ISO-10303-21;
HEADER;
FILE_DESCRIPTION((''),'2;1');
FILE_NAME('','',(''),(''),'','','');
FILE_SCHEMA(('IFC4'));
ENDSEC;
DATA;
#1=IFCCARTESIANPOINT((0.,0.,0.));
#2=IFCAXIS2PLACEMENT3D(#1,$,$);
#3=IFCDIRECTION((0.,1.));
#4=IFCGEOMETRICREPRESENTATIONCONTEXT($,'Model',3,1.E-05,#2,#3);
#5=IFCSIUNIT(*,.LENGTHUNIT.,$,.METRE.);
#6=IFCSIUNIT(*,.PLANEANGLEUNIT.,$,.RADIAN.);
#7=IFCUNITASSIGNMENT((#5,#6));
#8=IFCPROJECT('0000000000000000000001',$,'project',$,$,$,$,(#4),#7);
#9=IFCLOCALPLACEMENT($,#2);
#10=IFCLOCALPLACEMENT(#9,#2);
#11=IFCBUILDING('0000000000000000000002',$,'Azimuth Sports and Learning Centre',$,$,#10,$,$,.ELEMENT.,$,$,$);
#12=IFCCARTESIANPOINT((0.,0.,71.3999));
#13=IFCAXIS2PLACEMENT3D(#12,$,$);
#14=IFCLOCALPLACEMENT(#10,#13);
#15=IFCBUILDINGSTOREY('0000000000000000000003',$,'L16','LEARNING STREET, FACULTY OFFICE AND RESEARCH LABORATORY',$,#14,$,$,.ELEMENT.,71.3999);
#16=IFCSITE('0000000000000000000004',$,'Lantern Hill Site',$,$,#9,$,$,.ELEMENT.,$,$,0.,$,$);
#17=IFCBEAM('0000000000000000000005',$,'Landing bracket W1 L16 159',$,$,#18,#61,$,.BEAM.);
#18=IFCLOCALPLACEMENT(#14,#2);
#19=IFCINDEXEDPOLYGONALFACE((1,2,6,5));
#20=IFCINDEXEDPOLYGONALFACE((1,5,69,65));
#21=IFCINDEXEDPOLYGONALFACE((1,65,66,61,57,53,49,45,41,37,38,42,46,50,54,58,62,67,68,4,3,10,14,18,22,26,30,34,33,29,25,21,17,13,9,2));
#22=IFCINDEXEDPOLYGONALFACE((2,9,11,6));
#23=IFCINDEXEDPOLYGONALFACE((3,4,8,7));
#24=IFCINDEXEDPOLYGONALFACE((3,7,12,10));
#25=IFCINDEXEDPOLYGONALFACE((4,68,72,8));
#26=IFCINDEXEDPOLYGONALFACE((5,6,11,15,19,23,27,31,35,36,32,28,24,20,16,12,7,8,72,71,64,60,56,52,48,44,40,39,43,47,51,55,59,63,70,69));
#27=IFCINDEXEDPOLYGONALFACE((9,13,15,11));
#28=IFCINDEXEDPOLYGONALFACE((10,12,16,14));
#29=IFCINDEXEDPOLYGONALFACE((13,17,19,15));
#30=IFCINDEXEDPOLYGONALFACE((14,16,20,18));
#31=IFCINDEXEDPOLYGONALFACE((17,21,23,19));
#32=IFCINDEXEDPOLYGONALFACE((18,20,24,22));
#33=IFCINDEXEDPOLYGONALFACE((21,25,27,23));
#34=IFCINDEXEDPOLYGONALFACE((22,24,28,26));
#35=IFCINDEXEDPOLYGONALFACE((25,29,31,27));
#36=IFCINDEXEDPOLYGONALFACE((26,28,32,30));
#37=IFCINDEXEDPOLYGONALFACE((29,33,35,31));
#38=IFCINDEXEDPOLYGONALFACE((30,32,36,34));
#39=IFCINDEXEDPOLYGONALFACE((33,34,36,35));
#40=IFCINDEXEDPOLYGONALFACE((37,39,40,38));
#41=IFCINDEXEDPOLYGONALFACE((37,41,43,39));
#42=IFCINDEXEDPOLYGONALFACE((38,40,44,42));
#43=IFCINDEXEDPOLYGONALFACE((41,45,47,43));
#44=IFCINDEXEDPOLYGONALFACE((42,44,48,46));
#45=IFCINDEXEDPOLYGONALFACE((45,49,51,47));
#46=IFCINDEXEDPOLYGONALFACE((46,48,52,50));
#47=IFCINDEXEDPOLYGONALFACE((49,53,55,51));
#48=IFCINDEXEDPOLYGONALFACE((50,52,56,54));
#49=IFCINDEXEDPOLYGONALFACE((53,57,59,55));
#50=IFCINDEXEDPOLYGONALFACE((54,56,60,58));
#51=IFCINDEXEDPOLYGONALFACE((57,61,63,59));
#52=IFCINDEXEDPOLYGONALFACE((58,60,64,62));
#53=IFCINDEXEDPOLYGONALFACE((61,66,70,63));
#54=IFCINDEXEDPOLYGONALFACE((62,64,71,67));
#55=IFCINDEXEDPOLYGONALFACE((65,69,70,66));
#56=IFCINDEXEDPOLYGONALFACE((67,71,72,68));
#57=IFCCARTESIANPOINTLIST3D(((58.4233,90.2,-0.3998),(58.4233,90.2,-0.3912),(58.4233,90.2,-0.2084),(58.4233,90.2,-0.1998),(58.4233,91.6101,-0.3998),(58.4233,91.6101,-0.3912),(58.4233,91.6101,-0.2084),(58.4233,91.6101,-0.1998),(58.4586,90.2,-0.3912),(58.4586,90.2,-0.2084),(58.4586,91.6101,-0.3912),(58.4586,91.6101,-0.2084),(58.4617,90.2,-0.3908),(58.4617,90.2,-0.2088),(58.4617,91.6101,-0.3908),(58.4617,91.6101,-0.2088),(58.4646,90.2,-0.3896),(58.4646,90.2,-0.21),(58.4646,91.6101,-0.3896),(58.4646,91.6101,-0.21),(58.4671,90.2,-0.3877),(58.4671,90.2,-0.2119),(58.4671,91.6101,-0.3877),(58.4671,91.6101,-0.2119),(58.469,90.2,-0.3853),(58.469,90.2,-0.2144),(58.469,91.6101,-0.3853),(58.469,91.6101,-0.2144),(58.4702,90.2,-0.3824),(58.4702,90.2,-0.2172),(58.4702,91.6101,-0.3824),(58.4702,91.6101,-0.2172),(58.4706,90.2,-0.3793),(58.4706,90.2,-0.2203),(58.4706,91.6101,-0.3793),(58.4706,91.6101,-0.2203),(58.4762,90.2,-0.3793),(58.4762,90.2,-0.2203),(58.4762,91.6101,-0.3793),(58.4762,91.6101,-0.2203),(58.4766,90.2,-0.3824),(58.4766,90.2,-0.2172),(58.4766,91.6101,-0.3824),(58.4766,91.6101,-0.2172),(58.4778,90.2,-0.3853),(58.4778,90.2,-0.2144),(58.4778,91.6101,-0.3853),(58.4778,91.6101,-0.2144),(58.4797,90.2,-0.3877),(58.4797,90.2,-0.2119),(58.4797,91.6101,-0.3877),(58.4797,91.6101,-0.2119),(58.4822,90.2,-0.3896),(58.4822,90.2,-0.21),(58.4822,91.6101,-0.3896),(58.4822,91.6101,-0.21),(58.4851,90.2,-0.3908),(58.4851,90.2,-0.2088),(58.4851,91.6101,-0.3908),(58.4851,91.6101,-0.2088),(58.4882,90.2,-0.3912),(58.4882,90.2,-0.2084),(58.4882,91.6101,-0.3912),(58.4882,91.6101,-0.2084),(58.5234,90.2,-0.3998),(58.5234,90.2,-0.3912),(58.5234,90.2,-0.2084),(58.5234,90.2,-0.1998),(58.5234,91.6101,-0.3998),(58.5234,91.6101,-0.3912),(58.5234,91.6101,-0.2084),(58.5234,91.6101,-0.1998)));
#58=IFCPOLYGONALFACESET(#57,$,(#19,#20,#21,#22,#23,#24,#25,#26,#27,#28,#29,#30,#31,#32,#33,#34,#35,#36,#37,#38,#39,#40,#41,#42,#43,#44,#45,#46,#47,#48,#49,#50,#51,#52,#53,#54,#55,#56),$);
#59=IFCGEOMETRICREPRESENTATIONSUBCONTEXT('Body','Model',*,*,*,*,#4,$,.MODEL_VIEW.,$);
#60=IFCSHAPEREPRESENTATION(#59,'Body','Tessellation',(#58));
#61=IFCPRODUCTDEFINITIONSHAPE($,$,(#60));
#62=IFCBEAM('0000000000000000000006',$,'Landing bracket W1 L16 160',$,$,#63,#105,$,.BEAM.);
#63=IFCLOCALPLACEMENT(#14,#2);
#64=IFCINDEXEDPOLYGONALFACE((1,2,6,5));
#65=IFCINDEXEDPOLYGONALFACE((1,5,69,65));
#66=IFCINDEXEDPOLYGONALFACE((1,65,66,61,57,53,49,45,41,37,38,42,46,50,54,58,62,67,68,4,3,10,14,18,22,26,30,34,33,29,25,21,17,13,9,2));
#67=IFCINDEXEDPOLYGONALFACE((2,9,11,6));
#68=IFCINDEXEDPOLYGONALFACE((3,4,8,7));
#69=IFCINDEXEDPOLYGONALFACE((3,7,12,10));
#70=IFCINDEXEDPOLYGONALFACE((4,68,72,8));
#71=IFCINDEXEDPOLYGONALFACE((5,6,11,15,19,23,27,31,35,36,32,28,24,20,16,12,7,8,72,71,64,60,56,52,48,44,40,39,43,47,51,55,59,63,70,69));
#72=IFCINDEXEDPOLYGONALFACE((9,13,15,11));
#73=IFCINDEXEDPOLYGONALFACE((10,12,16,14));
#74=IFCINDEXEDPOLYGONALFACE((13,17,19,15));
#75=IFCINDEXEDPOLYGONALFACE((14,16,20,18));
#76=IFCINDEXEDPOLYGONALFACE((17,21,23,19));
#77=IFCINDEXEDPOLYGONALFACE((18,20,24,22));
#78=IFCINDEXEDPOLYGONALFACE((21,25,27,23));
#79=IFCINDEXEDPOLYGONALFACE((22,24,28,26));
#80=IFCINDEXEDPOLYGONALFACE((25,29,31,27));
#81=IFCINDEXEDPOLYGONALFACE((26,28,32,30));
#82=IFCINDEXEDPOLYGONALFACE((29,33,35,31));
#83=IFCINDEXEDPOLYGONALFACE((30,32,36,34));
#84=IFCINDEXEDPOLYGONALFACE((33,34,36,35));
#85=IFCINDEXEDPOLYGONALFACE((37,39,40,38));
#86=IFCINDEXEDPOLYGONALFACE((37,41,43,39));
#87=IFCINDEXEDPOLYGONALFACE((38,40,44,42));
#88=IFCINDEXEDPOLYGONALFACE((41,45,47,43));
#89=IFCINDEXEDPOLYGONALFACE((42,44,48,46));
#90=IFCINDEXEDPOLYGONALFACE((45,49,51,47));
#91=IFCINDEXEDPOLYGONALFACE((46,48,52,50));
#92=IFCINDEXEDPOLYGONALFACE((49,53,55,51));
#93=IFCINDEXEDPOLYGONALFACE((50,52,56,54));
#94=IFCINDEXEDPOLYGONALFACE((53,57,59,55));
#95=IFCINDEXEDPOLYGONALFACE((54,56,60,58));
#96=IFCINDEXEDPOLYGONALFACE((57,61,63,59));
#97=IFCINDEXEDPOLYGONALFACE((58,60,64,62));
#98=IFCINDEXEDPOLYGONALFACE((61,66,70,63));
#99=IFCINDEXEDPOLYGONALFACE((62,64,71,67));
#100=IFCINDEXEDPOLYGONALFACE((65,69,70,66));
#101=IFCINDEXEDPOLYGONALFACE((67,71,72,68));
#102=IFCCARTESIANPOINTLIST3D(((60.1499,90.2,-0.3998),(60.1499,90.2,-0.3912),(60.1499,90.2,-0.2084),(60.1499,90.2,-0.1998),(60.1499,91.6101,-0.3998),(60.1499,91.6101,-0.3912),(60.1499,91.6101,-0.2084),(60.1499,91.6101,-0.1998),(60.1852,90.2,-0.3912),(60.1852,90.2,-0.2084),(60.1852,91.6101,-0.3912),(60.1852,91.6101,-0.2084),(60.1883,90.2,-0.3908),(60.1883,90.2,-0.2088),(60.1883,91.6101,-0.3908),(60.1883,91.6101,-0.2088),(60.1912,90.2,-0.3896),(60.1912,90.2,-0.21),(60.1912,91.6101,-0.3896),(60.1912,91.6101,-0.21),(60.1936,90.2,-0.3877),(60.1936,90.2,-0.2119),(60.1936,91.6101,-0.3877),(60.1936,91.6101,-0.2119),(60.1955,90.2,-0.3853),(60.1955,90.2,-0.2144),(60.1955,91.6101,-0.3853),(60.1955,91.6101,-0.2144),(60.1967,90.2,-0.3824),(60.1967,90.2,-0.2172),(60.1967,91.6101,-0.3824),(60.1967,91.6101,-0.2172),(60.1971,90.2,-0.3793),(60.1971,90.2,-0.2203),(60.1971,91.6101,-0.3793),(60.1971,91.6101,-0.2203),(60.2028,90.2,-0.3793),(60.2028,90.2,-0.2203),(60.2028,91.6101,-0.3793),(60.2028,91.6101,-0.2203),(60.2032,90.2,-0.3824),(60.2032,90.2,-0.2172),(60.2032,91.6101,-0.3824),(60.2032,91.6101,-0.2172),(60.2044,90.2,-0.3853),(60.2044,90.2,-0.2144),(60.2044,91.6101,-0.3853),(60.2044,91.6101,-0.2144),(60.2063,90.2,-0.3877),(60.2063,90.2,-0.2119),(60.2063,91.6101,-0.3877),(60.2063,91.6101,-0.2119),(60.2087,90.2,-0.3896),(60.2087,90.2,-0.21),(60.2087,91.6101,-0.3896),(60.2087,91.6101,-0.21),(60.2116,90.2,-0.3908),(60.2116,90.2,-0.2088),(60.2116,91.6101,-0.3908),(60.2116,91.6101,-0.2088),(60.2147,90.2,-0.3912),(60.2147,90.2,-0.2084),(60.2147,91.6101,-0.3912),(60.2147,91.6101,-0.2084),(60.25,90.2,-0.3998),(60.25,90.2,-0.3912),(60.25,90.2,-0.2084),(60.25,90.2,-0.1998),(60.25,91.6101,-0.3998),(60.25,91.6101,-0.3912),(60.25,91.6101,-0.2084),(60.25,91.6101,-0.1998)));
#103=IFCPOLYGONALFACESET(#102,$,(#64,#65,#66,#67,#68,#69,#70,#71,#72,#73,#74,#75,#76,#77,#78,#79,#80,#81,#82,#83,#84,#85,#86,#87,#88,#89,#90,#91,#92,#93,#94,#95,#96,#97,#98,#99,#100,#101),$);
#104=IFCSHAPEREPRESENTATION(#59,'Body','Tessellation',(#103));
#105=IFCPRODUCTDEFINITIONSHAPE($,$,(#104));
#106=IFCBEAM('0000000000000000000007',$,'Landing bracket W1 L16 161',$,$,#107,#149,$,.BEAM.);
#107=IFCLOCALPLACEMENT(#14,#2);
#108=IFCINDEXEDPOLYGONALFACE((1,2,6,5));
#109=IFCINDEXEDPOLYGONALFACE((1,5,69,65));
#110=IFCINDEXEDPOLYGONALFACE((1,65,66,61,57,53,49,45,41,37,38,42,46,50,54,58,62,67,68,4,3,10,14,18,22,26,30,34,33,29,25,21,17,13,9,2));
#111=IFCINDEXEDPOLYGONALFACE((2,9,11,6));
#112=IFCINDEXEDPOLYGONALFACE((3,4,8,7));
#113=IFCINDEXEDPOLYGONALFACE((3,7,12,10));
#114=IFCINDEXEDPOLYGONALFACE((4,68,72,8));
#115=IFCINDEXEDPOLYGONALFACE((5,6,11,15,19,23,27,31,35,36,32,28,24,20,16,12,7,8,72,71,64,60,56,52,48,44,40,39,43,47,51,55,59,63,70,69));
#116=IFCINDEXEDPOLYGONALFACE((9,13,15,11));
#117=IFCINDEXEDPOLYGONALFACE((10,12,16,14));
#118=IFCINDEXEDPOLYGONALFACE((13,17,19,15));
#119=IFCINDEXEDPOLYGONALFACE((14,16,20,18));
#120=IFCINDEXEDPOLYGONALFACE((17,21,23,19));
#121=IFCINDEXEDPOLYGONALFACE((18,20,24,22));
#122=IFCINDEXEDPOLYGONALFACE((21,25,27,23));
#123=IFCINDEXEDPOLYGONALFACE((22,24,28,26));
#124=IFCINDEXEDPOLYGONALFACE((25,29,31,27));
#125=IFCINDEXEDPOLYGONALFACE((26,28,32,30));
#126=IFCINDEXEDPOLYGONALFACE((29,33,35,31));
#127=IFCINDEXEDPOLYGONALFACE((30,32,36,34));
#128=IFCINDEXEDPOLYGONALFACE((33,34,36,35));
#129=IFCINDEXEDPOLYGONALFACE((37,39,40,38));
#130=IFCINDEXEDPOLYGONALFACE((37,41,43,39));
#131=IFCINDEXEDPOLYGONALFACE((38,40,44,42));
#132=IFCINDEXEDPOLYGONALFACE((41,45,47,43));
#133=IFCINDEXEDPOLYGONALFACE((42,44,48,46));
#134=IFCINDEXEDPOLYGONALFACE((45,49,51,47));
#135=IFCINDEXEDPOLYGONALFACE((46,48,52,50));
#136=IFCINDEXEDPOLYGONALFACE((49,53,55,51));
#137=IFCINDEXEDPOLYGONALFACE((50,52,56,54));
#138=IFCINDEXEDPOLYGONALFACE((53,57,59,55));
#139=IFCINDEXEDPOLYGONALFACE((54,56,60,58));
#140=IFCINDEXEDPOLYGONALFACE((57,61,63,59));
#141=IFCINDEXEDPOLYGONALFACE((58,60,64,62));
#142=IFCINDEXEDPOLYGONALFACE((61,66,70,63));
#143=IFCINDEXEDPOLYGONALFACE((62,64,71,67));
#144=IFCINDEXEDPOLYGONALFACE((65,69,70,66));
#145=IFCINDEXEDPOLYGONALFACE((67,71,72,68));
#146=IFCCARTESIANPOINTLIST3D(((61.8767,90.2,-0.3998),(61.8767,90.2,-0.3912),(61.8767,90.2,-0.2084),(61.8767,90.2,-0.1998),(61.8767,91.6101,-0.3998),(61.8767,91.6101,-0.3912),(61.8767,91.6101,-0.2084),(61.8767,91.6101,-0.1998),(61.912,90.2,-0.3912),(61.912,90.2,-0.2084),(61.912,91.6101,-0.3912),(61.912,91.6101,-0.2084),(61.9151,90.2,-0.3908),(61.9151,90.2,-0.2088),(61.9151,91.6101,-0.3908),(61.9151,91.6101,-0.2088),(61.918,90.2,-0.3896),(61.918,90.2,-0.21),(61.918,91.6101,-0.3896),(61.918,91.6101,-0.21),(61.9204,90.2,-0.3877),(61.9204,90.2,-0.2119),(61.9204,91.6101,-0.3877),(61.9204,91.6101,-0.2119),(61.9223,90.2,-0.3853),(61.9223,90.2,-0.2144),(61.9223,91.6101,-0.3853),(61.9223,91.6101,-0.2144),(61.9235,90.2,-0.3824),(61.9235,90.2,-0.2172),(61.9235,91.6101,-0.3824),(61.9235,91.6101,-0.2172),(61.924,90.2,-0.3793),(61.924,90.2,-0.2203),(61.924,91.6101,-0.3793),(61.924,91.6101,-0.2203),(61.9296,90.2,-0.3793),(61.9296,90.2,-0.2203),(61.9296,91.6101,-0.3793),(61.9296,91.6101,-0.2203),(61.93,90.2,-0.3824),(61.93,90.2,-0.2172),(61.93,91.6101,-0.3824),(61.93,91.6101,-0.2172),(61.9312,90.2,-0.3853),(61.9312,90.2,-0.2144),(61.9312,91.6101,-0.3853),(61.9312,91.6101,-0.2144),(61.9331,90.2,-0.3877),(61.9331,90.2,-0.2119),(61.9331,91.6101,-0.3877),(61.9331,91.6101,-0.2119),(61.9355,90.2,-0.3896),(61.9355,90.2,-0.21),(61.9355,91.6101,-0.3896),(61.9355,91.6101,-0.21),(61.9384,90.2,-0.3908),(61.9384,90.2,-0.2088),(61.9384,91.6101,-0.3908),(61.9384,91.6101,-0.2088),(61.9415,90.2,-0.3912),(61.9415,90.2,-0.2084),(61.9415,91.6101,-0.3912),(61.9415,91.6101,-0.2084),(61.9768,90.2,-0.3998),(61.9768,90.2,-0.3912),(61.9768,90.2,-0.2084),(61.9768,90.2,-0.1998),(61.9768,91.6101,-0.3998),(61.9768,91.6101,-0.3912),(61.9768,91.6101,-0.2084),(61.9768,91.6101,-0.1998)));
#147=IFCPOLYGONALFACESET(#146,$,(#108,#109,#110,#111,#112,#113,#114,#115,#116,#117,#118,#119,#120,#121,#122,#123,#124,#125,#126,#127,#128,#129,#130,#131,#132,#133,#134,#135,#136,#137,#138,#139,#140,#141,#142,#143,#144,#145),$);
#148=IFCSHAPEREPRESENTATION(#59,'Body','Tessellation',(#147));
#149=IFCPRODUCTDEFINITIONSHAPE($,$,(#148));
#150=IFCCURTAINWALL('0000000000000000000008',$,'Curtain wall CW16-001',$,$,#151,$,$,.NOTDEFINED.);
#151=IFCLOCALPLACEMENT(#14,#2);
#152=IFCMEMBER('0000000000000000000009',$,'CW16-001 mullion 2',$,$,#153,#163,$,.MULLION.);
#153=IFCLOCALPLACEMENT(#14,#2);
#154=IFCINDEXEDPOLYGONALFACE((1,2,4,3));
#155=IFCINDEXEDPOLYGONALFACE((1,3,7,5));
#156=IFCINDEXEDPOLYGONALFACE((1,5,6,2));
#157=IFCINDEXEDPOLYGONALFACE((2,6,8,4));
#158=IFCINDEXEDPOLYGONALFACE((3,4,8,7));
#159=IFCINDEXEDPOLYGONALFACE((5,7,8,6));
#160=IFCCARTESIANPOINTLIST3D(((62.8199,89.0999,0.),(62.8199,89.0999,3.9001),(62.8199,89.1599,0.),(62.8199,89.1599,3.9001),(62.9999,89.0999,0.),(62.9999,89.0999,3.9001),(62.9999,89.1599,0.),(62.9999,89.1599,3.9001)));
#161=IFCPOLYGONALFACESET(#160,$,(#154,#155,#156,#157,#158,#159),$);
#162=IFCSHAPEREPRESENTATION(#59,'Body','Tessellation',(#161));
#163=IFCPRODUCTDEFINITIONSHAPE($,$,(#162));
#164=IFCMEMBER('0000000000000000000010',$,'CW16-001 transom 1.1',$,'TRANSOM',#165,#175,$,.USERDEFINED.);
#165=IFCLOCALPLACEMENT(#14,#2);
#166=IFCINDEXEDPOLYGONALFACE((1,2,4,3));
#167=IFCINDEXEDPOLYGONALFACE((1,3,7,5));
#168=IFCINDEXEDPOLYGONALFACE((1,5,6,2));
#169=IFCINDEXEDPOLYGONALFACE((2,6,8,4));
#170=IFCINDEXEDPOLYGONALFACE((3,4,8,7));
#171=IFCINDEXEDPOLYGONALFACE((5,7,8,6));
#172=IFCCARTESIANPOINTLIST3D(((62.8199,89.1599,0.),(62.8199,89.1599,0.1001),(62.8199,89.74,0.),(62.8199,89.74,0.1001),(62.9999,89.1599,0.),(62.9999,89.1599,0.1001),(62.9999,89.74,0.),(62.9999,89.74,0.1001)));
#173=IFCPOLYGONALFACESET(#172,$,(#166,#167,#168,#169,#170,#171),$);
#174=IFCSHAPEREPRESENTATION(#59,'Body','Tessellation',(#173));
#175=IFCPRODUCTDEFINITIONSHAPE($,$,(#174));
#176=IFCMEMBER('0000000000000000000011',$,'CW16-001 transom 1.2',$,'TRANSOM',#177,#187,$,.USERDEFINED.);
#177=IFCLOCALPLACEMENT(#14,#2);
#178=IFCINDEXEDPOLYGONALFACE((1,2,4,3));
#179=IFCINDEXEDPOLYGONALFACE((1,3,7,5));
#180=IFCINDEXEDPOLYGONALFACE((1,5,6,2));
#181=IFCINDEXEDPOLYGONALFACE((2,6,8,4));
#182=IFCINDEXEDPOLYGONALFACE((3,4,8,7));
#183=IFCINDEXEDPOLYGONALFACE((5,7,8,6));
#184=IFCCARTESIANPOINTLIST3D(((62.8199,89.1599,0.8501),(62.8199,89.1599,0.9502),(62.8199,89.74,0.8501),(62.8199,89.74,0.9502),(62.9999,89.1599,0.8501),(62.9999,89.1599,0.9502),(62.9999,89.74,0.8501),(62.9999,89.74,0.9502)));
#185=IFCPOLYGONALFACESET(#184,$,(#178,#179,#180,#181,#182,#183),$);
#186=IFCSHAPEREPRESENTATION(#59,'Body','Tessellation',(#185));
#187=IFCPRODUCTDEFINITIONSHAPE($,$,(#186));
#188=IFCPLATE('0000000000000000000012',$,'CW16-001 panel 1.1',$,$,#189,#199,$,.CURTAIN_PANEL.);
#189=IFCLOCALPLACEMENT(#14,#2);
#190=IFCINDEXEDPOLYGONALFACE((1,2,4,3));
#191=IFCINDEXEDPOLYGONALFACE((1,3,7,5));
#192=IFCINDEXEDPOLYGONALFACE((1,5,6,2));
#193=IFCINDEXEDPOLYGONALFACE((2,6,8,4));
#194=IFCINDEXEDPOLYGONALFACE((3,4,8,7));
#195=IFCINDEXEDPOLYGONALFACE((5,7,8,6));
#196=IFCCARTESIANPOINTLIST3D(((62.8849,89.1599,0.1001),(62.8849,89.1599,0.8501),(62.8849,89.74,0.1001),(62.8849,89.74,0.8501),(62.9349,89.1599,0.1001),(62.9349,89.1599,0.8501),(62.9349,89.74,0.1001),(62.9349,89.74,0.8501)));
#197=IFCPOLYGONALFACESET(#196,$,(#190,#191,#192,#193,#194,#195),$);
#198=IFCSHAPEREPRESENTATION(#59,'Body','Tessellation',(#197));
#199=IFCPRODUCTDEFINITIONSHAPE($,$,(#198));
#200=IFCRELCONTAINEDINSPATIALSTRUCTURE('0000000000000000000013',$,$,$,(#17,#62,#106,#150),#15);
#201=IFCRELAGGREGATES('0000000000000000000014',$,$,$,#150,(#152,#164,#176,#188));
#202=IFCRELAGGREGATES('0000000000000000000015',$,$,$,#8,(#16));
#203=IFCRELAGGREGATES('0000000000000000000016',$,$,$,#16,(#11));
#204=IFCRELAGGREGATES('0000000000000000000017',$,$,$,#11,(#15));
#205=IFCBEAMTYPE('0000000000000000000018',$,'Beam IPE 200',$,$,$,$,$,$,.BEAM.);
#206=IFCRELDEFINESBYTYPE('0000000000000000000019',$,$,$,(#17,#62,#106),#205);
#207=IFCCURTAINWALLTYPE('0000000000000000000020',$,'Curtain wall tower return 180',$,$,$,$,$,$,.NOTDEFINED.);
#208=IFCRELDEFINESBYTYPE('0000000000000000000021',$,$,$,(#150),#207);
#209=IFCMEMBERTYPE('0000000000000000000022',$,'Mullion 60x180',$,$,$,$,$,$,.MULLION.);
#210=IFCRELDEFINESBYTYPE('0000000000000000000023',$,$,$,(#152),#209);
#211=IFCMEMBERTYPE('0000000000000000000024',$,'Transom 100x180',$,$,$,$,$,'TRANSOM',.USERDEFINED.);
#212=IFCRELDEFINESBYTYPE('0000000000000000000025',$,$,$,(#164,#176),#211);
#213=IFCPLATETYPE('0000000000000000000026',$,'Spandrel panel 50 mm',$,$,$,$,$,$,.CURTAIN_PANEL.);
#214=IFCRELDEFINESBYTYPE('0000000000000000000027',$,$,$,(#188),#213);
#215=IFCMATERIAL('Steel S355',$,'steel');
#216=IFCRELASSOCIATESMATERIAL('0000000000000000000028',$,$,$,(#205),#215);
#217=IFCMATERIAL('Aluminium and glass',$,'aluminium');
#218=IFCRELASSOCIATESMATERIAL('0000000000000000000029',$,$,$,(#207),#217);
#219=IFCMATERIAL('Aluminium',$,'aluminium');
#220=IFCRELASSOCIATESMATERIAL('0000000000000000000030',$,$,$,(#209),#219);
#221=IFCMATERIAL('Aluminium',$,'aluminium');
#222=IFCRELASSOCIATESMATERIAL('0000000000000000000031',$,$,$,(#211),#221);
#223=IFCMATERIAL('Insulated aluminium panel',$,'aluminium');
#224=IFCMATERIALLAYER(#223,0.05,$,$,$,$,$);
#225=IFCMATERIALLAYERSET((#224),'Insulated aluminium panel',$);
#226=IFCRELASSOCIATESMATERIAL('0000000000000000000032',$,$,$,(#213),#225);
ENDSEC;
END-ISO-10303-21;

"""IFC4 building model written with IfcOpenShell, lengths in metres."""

from ifc_helpers import new_model, si_unit, direction, frame, origin, origin_2d, place, context, subcontext, project, spatial, rectangle, i_section, extrude, material, layer, layer_set, material_profile, profile_set, type_object, element, aggregate, save


model = new_model("IFC4")

# Units and contexts
model_context = context("Model", 3, precision=1e-05, world=origin(), true_north=direction((0.0, 1.0)))
body_context = subcontext(model_context, "Body", "Model", "MODEL_VIEW")
ifc_project = project(units=[si_unit("LENGTHUNIT", "METRE"), si_unit("PLANEANGLEUNIT", "RADIAN")], contexts=[model_context])

# Site, building, storey
site_placement = place(None, origin())
site = spatial("IfcSite", under=ifc_project, at=site_placement, Name="Lantern Hill Site", CompositionType="ELEMENT", RefElevation=0.0)
building_placement = place(site_placement, origin())
building = spatial("IfcBuilding", under=site, at=building_placement, Name="Azimuth Sports and Learning Centre", CompositionType="ELEMENT")
storey_placement = place(building_placement, frame((0.0, 0.0, 71.3999)))
storey = spatial("IfcBuildingStorey", under=building, at=storey_placement, Name="L16", Description="LEARNING STREET, FACULTY OFFICE AND RESEARCH LABORATORY", CompositionType="ELEMENT", Elevation=71.3999)

# Beams
ifc_material_1 = material(Name="Steel S355", Category="steel")
ifc_material_profile_1 = material_profile(ifc_material_1, i_section(OverallWidth=0.1001, OverallDepth=0.2, WebThickness=0.0056, FlangeThickness=0.0085, FilletRadius=0.012, at=origin_2d()), Name="IPE 200")
ifc_profile_set_1 = profile_set([ifc_material_profile_1], Name="Steel S355")
beam_type = type_object("IfcBeamType", Name="Beam IPE 200", PredefinedType="BEAM", material=ifc_profile_set_1)
for number, where, z_axis, x_axis, name in (
    (1, (58.4734, 90.2, -0.2998), (0.0, 1.0, 0.0), (-1.0, 0.0, 0.0), "Landing bracket W1 L16 159"),
    (2, (60.2, 90.2, -0.2998), (0.0, 1.0, 0.0), (-1.0, 0.0, 0.0), "Landing bracket W1 L16 160"),
    (3, (61.9268, 90.2, -0.2998), (0.0, 1.0, 0.0), (-1.0, 0.0, 0.0), "Landing bracket W1 L16 161"),
):
    element("IfcBeam", number, at=place(storey_placement, frame(where, z_axis=z_axis, x_axis=x_axis)), inside=storey, type_object=beam_type, Name=name, PredefinedType="BEAM", context=body_context, shape_type="SweptSolid", body=[
        extrude(i_section(OverallWidth=0.1001, OverallDepth=0.2, WebThickness=0.0056, FlangeThickness=0.0085, FilletRadius=0.012, at=origin_2d()), origin(), (0.0, 0.0, 1.0), 1.4102),
    ])

# Curtain wall, members, plate
ifc_material_2 = material(Name="Aluminium and glass", Category="aluminium")
curtain_wall_type = type_object("IfcCurtainWallType", Name="Curtain wall tower return 180", PredefinedType="NOTDEFINED", material=ifc_material_2)
curtain_wall_placement = place(storey_placement, origin())
curtain_wall = element("IfcCurtainWall", 4, at=curtain_wall_placement, inside=storey, type_object=curtain_wall_type, Name="Curtain wall CW16-001", PredefinedType="NOTDEFINED")
ifc_material_3 = material(Name="Aluminium", Category="aluminium")
ifc_material_profile_2 = material_profile(ifc_material_3, rectangle(XDim=0.1799, YDim=0.0601, at=origin_2d()), Name="Mullion 60x180")
ifc_profile_set_2 = profile_set([ifc_material_profile_2], Name="Aluminium")
member_type_1 = type_object("IfcMemberType", Name="Mullion 60x180", PredefinedType="MULLION", material=ifc_profile_set_2)
member_1_placement = place(storey_placement, frame((62.9099, 89.1299, 0.0), z_axis=(0.0, 0.0, 1.0), x_axis=(1.0, 0.0, 0.0)))
member_1 = element("IfcMember", 5, at=member_1_placement, type_object=member_type_1, Name="CW16-001 mullion 2", PredefinedType="MULLION", context=body_context, shape_type="SweptSolid", body=[
    extrude(rectangle(XDim=0.1799, YDim=0.0601, at=origin_2d()), origin(), (0.0, 0.0, 1.0), 3.9001),
])
ifc_material_4 = material(Name="Aluminium", Category="aluminium")
ifc_material_profile_3 = material_profile(ifc_material_4, rectangle(XDim=0.1799, YDim=0.1001, at=origin_2d()), Name="Transom 100x180")
ifc_profile_set_3 = profile_set([ifc_material_profile_3], Name="Aluminium")
member_type_2 = type_object("IfcMemberType", Name="Transom 100x180", ElementType="TRANSOM", PredefinedType="USERDEFINED", material=ifc_profile_set_3)
member_2_placement = place(storey_placement, frame((62.9099, 89.74, 0.05), z_axis=(0.0, -1.0, 0.0), x_axis=(1.0, 0.0, 0.0)))
member_2 = element("IfcMember", 6, at=member_2_placement, type_object=member_type_2, Name="CW16-001 transom 1.1", ObjectType="TRANSOM", PredefinedType="USERDEFINED", context=body_context, shape_type="SweptSolid", body=[
    extrude(rectangle(XDim=0.1799, YDim=0.1001, at=origin_2d()), origin(), (0.0, 0.0, 1.0), 0.5801),
])
member_3_placement = place(storey_placement, frame((62.9099, 89.74, 0.9001), z_axis=(0.0, -1.0, 0.0), x_axis=(1.0, 0.0, 0.0)))
member_3 = element("IfcMember", 7, at=member_3_placement, type_object=member_type_2, Name="CW16-001 transom 1.2", ObjectType="TRANSOM", PredefinedType="USERDEFINED", context=body_context, shape_type="SweptSolid", body=[
    extrude(rectangle(XDim=0.1799, YDim=0.1001, at=origin_2d()), origin(), (0.0, 0.0, 1.0), 0.5801),
])
ifc_material_5 = material(Name="Insulated aluminium panel", Category="aluminium")
ifc_layer_1 = layer(ifc_material_5, 0.05)
ifc_layer_set_1 = layer_set([ifc_layer_1], Name="Insulated aluminium panel")
plate_type_1 = type_object("IfcPlateType", Name="Spandrel panel 50 mm", PredefinedType="CURTAIN_PANEL", material=ifc_layer_set_1)
plate_1_placement = place(storey_placement, frame((62.9099, 89.45, 0.1001), z_axis=(0.0, 0.0, 1.0), x_axis=(0.0, -1.0, 0.0)))
plate_1 = element("IfcPlate", 8, at=plate_1_placement, type_object=plate_type_1, Name="CW16-001 panel 1.1", PredefinedType="CURTAIN_PANEL", context=body_context, shape_type="SweptSolid", body=[
    extrude(rectangle(XDim=0.5801, YDim=0.05, at=origin_2d()), origin(), (0.0, 0.0, 1.0), 0.75),
])
aggregate(curtain_wall, [member_1, member_2, member_3, plate_1])

save(model, "model.ifc")
